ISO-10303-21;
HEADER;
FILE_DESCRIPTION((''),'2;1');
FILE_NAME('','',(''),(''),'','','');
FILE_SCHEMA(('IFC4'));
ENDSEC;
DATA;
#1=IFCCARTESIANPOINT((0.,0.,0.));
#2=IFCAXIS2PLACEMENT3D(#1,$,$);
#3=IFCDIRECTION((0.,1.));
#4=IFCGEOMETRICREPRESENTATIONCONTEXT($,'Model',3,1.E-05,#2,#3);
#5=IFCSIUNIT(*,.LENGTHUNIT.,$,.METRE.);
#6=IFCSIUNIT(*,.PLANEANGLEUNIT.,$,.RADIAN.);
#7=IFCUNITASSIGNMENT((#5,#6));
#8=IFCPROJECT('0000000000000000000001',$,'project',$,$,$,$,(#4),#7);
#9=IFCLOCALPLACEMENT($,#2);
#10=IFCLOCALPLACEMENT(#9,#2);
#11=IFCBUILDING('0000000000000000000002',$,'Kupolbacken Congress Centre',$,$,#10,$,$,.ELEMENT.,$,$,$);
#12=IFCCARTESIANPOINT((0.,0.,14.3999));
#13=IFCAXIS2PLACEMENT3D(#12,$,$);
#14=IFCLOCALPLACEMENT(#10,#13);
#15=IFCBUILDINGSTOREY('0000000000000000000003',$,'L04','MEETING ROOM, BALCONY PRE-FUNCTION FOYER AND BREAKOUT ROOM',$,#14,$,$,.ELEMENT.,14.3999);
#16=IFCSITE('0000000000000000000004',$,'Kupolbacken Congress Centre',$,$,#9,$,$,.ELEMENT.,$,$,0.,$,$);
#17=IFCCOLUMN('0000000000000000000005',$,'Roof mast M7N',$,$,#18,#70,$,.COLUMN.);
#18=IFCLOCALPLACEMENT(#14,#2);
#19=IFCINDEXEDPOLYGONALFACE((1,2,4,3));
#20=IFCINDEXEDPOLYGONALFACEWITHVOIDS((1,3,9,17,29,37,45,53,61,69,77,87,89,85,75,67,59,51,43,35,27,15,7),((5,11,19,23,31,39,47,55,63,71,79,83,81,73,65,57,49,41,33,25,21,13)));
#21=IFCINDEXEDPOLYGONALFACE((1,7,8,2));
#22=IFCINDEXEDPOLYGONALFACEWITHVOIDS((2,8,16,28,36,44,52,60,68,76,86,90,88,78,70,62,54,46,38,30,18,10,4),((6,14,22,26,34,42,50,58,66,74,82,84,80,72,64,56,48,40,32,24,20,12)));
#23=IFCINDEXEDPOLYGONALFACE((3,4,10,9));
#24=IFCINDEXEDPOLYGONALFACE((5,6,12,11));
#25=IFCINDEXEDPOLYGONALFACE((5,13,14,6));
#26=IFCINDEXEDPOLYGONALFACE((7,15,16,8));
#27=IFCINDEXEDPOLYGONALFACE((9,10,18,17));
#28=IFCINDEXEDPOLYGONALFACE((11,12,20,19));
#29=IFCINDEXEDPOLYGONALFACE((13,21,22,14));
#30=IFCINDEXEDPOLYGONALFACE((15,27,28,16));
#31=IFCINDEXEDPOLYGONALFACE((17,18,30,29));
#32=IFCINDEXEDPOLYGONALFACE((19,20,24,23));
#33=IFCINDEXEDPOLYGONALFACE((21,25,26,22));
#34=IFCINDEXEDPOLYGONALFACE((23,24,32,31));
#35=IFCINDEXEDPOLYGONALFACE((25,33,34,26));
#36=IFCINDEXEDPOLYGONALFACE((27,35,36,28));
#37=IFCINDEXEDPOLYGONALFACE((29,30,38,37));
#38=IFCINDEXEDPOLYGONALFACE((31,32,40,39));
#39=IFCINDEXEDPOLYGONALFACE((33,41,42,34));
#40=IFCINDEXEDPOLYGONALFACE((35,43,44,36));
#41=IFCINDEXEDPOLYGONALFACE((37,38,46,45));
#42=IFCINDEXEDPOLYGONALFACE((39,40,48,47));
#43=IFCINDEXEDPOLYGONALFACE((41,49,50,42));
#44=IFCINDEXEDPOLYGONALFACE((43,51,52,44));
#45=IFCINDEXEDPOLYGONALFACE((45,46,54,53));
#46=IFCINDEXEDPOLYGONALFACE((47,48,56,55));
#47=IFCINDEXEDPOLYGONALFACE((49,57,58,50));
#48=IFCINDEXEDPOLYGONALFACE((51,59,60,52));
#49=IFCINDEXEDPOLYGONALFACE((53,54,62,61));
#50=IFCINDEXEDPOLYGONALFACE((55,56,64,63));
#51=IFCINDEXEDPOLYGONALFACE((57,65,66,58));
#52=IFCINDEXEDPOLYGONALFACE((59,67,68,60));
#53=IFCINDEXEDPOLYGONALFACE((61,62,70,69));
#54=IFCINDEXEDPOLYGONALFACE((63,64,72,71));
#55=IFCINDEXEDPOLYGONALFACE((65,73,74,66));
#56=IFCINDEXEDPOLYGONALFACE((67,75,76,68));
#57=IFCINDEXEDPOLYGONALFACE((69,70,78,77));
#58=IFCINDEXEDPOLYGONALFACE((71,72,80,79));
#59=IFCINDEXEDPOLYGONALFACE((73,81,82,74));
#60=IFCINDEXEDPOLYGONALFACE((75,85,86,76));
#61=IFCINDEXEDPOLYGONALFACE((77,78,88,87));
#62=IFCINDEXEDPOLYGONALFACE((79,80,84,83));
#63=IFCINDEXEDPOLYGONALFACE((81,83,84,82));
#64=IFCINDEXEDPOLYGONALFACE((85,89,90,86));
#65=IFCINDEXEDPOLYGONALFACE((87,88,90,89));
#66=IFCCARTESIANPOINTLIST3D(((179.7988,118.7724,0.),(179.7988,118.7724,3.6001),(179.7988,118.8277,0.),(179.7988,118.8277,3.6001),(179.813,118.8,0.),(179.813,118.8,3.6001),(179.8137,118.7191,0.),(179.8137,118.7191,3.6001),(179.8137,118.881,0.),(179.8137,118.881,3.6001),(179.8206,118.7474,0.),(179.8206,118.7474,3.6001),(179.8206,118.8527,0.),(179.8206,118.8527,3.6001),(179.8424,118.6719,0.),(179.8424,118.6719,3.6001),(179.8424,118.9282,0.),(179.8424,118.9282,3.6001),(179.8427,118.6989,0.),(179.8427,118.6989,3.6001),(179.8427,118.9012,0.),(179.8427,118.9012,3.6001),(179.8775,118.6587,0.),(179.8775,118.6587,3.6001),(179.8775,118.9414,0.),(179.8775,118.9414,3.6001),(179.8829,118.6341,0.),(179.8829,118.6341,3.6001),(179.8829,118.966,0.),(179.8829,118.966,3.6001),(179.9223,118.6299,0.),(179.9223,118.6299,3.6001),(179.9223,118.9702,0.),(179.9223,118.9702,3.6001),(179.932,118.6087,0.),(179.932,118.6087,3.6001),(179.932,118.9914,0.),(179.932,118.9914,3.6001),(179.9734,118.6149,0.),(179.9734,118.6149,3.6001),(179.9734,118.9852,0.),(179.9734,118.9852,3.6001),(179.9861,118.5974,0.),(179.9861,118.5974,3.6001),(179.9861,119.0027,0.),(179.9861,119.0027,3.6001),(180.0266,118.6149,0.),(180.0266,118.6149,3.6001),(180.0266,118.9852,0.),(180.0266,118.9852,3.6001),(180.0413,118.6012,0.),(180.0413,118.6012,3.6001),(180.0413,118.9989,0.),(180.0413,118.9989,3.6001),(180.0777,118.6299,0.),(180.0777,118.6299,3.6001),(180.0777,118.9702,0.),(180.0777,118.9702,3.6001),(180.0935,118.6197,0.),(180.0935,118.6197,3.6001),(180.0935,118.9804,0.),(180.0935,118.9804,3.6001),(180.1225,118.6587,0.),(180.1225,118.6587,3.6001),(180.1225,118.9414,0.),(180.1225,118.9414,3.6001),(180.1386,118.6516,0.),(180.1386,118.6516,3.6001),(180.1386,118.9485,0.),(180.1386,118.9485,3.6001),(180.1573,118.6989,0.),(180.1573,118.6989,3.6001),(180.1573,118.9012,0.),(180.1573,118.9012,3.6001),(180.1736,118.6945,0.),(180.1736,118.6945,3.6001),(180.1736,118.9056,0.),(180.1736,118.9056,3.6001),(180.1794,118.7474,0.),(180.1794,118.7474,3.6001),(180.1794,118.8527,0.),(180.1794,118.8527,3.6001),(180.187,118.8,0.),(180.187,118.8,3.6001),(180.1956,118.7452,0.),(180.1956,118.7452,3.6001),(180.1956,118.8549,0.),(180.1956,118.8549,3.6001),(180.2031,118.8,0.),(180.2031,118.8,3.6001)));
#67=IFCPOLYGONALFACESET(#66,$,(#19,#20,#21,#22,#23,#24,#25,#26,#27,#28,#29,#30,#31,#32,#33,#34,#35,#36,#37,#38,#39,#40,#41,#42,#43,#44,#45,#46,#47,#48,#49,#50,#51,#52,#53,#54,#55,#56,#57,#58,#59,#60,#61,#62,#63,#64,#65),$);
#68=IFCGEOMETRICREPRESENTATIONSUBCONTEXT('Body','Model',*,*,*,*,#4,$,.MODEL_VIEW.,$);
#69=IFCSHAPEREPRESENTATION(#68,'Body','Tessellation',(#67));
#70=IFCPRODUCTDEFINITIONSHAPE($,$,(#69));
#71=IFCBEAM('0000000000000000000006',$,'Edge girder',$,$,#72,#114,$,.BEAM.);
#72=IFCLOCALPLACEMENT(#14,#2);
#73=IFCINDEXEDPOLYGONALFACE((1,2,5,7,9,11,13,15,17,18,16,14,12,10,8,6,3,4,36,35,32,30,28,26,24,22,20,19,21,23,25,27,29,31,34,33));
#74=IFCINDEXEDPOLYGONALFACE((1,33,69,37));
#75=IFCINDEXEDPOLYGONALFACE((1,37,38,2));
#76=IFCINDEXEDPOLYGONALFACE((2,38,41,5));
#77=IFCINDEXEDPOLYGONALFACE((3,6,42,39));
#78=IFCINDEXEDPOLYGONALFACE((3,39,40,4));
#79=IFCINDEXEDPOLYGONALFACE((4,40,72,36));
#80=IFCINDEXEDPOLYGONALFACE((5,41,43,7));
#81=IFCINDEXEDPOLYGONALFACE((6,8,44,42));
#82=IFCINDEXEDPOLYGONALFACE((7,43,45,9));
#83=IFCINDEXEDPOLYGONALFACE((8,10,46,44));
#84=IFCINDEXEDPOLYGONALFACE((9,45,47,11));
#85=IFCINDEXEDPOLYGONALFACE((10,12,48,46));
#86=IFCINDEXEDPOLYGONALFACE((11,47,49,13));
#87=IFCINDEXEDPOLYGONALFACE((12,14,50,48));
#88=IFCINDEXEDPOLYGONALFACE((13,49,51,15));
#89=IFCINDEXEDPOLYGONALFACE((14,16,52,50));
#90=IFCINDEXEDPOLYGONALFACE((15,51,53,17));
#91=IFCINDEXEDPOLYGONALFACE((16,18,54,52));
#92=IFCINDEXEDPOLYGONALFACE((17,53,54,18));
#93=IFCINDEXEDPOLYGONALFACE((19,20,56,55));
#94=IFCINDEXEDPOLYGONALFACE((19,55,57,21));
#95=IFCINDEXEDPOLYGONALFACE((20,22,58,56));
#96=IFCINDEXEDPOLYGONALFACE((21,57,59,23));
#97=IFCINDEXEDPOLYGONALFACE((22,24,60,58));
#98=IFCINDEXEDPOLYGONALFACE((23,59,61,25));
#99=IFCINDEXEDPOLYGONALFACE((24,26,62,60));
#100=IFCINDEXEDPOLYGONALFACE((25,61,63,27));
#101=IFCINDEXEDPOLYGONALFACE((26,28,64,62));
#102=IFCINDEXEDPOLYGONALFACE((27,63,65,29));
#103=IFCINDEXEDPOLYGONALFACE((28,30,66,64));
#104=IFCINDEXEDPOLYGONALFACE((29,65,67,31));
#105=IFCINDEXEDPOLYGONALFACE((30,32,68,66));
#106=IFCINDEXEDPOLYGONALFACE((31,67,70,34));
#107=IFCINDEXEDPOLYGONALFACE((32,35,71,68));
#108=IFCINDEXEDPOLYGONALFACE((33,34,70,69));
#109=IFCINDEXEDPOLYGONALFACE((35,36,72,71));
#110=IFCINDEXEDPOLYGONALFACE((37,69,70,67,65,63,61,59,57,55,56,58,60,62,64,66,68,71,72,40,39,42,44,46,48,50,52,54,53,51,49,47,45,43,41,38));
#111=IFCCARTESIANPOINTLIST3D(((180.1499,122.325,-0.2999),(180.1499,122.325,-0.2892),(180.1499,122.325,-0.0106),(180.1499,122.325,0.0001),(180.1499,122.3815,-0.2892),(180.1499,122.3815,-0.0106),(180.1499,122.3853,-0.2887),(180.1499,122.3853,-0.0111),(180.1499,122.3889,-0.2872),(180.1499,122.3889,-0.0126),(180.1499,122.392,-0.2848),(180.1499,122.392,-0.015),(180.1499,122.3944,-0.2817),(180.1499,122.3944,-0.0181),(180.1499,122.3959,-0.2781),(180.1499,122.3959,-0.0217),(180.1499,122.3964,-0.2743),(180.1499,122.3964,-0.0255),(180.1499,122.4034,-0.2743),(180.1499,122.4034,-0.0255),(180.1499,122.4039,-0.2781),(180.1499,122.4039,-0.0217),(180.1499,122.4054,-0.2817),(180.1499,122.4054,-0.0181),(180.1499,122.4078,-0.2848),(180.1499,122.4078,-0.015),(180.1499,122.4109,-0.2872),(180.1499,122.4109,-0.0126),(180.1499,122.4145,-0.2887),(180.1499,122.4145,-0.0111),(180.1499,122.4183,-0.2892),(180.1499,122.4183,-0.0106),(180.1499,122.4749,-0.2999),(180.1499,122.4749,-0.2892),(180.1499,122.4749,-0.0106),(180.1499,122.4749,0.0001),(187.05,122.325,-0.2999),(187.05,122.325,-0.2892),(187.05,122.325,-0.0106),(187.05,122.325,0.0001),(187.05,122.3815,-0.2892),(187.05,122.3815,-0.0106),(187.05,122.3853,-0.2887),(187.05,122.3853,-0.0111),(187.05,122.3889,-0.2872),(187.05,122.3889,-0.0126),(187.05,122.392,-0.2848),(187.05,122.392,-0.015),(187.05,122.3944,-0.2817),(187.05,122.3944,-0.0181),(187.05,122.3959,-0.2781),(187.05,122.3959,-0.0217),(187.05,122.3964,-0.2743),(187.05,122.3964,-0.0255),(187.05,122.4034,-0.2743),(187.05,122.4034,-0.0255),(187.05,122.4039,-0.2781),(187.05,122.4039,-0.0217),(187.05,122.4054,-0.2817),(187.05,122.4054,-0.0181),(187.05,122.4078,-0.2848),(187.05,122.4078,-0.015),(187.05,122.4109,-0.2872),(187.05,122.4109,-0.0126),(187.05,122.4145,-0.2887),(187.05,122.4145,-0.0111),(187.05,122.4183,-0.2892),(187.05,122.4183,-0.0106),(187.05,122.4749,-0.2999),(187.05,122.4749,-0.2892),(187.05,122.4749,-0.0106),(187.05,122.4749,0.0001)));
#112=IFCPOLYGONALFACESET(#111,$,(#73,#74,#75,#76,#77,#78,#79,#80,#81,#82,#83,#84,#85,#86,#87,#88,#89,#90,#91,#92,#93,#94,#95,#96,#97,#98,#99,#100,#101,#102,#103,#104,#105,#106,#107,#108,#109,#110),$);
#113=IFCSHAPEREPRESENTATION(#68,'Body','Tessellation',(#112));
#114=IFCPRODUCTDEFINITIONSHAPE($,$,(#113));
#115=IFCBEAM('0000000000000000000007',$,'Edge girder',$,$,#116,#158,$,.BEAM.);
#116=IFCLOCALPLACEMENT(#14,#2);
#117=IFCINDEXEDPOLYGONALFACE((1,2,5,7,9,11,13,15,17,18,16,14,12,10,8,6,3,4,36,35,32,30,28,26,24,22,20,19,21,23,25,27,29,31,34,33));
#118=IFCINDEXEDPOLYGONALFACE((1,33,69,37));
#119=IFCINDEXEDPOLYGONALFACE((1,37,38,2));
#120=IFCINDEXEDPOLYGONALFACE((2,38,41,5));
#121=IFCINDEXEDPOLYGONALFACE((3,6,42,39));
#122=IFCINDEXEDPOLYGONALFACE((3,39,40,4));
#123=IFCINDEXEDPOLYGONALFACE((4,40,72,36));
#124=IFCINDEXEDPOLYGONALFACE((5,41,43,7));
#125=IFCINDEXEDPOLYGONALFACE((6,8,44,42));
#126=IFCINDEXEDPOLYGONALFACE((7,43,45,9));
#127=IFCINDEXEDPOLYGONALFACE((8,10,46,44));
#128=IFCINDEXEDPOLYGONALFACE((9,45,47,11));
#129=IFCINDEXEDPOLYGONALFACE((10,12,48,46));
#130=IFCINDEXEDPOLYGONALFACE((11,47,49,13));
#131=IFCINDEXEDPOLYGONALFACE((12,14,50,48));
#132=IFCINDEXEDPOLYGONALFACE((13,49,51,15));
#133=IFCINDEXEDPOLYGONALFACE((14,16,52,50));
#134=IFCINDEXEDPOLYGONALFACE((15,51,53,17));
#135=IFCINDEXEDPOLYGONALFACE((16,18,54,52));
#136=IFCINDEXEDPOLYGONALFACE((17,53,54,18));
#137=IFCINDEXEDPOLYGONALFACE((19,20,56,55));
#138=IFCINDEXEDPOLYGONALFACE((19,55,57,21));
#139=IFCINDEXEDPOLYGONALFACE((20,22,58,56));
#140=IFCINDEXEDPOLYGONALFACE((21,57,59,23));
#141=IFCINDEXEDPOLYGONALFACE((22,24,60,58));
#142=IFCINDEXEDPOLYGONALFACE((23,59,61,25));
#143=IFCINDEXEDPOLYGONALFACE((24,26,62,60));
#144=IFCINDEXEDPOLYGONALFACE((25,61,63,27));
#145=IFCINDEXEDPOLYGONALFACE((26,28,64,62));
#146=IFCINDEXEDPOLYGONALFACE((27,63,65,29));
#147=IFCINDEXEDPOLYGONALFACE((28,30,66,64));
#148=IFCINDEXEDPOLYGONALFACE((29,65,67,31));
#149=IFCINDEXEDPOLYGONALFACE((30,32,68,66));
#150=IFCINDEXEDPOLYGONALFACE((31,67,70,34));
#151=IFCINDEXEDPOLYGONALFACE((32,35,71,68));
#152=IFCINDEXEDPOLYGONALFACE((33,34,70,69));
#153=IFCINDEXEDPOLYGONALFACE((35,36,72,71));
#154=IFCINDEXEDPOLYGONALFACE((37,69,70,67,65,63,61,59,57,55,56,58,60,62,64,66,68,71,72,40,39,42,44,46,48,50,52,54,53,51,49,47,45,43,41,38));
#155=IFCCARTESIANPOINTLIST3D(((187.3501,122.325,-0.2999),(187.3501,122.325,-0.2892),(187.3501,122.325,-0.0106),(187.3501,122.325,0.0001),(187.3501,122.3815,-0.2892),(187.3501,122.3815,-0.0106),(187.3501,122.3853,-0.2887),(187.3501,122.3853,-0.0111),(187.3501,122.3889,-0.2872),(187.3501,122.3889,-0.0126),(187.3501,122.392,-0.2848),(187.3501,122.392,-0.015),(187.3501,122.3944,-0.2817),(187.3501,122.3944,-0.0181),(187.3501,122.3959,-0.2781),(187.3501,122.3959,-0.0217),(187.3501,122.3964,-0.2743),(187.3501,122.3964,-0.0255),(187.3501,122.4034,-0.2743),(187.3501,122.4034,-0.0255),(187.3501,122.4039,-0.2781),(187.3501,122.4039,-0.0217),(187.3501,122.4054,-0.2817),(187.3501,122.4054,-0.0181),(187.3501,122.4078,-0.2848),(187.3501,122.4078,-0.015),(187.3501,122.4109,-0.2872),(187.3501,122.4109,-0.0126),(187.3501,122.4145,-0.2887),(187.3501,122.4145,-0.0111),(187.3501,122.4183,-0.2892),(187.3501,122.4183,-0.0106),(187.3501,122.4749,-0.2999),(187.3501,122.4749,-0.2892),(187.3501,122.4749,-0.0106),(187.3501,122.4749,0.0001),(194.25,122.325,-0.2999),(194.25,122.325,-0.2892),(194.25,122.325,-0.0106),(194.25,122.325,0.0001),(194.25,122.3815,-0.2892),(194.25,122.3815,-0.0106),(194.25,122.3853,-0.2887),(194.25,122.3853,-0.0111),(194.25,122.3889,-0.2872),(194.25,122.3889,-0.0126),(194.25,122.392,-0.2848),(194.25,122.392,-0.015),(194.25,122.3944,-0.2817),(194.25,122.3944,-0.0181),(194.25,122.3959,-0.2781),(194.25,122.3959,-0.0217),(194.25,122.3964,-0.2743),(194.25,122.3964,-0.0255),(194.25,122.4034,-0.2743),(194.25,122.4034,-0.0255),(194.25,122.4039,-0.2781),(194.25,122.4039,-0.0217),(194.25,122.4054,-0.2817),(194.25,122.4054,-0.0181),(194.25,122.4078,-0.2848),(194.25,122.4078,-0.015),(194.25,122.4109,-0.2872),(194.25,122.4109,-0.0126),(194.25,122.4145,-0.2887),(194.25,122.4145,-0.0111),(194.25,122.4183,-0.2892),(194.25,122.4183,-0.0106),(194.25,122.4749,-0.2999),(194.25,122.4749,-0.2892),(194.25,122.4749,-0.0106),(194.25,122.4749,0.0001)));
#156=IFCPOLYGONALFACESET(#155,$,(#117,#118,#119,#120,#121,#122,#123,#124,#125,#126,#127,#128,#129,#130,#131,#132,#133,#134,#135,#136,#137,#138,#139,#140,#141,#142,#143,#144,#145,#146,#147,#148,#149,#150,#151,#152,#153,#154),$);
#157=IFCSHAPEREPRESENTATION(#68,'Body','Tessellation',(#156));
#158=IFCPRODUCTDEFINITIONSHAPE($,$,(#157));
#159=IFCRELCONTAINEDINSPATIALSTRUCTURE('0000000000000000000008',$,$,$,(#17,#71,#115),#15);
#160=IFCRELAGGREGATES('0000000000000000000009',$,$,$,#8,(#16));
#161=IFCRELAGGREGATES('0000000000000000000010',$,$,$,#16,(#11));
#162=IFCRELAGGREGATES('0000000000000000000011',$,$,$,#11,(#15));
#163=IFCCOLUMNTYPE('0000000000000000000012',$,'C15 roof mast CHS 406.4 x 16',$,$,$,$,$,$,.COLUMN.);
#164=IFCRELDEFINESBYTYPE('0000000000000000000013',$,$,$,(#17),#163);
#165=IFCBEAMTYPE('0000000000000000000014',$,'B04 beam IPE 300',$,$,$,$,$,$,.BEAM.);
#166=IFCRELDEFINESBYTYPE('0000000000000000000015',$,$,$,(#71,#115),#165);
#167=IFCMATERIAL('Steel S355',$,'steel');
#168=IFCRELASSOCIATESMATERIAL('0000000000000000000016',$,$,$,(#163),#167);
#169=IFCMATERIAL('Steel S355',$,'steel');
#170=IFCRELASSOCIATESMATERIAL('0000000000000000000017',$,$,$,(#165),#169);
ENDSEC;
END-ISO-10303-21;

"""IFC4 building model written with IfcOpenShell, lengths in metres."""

from ifc_helpers import new_model, si_unit, direction, frame, origin, origin_2d, place, context, subcontext, project, spatial, hollow_circle, i_section, extrude, material, material_profile, profile_set, type_object, element, save


model = new_model("IFC4")

# Units and contexts
model_context = context("Model", 3, precision=1e-05, world=origin(), true_north=direction((0.0, 1.0)))
body_context = subcontext(model_context, "Body", "Model", "MODEL_VIEW")
ifc_project = project(units=[si_unit("LENGTHUNIT", "METRE"), si_unit("PLANEANGLEUNIT", "RADIAN")], contexts=[model_context])

# Site, building, storey
site_placement = place(None, origin())
site = spatial("IfcSite", under=ifc_project, at=site_placement, Name="Kupolbacken Congress Centre", CompositionType="ELEMENT", RefElevation=0.0)
building_placement = place(site_placement, origin())
building = spatial("IfcBuilding", under=site, at=building_placement, Name="Kupolbacken Congress Centre", CompositionType="ELEMENT")
storey_placement = place(building_placement, frame((0.0, 0.0, 14.3999)))
storey = spatial("IfcBuildingStorey", under=building, at=storey_placement, Name="L04", Description="MEETING ROOM, BALCONY PRE-FUNCTION FOYER AND BREAKOUT ROOM", CompositionType="ELEMENT", Elevation=14.3999)

# Column
ifc_material_1 = material(Name="Steel S355", Category="steel")
ifc_material_profile_1 = material_profile(ifc_material_1, hollow_circle(Radius=0.2031, WallThickness=0.0161, at=origin_2d()), Name="CHS 406.4 x 16")
ifc_profile_set_1 = profile_set([ifc_material_profile_1], Name="Steel S355")
column_type = type_object("IfcColumnType", Name="C15 roof mast CHS 406.4 x 16", PredefinedType="COLUMN", material=ifc_profile_set_1)
column_placement = place(storey_placement, frame((180.0, 118.8, 0.0), z_axis=(0.0, 0.0, 1.0), x_axis=(1.0, 0.0, 0.0)))
element("IfcColumn", 1, at=column_placement, inside=storey, type_object=column_type, Name="Roof mast M7N", PredefinedType="COLUMN", context=body_context, shape_type="SweptSolid", body=[
    extrude(hollow_circle(Radius=0.2031, WallThickness=0.0161, at=origin_2d()), origin(), (0.0, 0.0, 1.0), 3.6001),
])

# Beams
ifc_material_2 = material(Name="Steel S355", Category="steel")
ifc_material_profile_2 = material_profile(ifc_material_2, i_section(OverallWidth=0.1499, OverallDepth=0.3, WebThickness=0.0071, FlangeThickness=0.0107, FilletRadius=0.0149, at=origin_2d()), Name="IPE 300")
ifc_profile_set_2 = profile_set([ifc_material_profile_2], Name="Steel S355")
beam_type_1 = type_object("IfcBeamType", Name="B04 beam IPE 300", PredefinedType="BEAM", material=ifc_profile_set_2)
beam_1_placement = place(storey_placement, frame((180.1499, 122.3999, -0.1499), z_axis=(1.0, 0.0, 0.0), x_axis=(0.0, 1.0, 0.0)))
element("IfcBeam", 2, at=beam_1_placement, inside=storey, type_object=beam_type_1, Name="Edge girder", PredefinedType="BEAM", context=body_context, shape_type="SweptSolid", body=[
    extrude(i_section(OverallWidth=0.1499, OverallDepth=0.3, WebThickness=0.0071, FlangeThickness=0.0107, FilletRadius=0.0149, at=origin_2d()), origin(), (0.0, 0.0, 1.0), 6.9001),
])
beam_2_placement = place(storey_placement, frame((187.3501, 122.3999, -0.1499), z_axis=(1.0, 0.0, 0.0), x_axis=(0.0, 1.0, 0.0)))
element("IfcBeam", 3, at=beam_2_placement, inside=storey, type_object=beam_type_1, Name="Edge girder", PredefinedType="BEAM", context=body_context, shape_type="SweptSolid", body=[
    extrude(i_section(OverallWidth=0.1499, OverallDepth=0.3, WebThickness=0.0071, FlangeThickness=0.0107, FilletRadius=0.0149, at=origin_2d()), origin(), (0.0, 0.0, 1.0), 6.8999),
])

save(model, "model.ifc")
